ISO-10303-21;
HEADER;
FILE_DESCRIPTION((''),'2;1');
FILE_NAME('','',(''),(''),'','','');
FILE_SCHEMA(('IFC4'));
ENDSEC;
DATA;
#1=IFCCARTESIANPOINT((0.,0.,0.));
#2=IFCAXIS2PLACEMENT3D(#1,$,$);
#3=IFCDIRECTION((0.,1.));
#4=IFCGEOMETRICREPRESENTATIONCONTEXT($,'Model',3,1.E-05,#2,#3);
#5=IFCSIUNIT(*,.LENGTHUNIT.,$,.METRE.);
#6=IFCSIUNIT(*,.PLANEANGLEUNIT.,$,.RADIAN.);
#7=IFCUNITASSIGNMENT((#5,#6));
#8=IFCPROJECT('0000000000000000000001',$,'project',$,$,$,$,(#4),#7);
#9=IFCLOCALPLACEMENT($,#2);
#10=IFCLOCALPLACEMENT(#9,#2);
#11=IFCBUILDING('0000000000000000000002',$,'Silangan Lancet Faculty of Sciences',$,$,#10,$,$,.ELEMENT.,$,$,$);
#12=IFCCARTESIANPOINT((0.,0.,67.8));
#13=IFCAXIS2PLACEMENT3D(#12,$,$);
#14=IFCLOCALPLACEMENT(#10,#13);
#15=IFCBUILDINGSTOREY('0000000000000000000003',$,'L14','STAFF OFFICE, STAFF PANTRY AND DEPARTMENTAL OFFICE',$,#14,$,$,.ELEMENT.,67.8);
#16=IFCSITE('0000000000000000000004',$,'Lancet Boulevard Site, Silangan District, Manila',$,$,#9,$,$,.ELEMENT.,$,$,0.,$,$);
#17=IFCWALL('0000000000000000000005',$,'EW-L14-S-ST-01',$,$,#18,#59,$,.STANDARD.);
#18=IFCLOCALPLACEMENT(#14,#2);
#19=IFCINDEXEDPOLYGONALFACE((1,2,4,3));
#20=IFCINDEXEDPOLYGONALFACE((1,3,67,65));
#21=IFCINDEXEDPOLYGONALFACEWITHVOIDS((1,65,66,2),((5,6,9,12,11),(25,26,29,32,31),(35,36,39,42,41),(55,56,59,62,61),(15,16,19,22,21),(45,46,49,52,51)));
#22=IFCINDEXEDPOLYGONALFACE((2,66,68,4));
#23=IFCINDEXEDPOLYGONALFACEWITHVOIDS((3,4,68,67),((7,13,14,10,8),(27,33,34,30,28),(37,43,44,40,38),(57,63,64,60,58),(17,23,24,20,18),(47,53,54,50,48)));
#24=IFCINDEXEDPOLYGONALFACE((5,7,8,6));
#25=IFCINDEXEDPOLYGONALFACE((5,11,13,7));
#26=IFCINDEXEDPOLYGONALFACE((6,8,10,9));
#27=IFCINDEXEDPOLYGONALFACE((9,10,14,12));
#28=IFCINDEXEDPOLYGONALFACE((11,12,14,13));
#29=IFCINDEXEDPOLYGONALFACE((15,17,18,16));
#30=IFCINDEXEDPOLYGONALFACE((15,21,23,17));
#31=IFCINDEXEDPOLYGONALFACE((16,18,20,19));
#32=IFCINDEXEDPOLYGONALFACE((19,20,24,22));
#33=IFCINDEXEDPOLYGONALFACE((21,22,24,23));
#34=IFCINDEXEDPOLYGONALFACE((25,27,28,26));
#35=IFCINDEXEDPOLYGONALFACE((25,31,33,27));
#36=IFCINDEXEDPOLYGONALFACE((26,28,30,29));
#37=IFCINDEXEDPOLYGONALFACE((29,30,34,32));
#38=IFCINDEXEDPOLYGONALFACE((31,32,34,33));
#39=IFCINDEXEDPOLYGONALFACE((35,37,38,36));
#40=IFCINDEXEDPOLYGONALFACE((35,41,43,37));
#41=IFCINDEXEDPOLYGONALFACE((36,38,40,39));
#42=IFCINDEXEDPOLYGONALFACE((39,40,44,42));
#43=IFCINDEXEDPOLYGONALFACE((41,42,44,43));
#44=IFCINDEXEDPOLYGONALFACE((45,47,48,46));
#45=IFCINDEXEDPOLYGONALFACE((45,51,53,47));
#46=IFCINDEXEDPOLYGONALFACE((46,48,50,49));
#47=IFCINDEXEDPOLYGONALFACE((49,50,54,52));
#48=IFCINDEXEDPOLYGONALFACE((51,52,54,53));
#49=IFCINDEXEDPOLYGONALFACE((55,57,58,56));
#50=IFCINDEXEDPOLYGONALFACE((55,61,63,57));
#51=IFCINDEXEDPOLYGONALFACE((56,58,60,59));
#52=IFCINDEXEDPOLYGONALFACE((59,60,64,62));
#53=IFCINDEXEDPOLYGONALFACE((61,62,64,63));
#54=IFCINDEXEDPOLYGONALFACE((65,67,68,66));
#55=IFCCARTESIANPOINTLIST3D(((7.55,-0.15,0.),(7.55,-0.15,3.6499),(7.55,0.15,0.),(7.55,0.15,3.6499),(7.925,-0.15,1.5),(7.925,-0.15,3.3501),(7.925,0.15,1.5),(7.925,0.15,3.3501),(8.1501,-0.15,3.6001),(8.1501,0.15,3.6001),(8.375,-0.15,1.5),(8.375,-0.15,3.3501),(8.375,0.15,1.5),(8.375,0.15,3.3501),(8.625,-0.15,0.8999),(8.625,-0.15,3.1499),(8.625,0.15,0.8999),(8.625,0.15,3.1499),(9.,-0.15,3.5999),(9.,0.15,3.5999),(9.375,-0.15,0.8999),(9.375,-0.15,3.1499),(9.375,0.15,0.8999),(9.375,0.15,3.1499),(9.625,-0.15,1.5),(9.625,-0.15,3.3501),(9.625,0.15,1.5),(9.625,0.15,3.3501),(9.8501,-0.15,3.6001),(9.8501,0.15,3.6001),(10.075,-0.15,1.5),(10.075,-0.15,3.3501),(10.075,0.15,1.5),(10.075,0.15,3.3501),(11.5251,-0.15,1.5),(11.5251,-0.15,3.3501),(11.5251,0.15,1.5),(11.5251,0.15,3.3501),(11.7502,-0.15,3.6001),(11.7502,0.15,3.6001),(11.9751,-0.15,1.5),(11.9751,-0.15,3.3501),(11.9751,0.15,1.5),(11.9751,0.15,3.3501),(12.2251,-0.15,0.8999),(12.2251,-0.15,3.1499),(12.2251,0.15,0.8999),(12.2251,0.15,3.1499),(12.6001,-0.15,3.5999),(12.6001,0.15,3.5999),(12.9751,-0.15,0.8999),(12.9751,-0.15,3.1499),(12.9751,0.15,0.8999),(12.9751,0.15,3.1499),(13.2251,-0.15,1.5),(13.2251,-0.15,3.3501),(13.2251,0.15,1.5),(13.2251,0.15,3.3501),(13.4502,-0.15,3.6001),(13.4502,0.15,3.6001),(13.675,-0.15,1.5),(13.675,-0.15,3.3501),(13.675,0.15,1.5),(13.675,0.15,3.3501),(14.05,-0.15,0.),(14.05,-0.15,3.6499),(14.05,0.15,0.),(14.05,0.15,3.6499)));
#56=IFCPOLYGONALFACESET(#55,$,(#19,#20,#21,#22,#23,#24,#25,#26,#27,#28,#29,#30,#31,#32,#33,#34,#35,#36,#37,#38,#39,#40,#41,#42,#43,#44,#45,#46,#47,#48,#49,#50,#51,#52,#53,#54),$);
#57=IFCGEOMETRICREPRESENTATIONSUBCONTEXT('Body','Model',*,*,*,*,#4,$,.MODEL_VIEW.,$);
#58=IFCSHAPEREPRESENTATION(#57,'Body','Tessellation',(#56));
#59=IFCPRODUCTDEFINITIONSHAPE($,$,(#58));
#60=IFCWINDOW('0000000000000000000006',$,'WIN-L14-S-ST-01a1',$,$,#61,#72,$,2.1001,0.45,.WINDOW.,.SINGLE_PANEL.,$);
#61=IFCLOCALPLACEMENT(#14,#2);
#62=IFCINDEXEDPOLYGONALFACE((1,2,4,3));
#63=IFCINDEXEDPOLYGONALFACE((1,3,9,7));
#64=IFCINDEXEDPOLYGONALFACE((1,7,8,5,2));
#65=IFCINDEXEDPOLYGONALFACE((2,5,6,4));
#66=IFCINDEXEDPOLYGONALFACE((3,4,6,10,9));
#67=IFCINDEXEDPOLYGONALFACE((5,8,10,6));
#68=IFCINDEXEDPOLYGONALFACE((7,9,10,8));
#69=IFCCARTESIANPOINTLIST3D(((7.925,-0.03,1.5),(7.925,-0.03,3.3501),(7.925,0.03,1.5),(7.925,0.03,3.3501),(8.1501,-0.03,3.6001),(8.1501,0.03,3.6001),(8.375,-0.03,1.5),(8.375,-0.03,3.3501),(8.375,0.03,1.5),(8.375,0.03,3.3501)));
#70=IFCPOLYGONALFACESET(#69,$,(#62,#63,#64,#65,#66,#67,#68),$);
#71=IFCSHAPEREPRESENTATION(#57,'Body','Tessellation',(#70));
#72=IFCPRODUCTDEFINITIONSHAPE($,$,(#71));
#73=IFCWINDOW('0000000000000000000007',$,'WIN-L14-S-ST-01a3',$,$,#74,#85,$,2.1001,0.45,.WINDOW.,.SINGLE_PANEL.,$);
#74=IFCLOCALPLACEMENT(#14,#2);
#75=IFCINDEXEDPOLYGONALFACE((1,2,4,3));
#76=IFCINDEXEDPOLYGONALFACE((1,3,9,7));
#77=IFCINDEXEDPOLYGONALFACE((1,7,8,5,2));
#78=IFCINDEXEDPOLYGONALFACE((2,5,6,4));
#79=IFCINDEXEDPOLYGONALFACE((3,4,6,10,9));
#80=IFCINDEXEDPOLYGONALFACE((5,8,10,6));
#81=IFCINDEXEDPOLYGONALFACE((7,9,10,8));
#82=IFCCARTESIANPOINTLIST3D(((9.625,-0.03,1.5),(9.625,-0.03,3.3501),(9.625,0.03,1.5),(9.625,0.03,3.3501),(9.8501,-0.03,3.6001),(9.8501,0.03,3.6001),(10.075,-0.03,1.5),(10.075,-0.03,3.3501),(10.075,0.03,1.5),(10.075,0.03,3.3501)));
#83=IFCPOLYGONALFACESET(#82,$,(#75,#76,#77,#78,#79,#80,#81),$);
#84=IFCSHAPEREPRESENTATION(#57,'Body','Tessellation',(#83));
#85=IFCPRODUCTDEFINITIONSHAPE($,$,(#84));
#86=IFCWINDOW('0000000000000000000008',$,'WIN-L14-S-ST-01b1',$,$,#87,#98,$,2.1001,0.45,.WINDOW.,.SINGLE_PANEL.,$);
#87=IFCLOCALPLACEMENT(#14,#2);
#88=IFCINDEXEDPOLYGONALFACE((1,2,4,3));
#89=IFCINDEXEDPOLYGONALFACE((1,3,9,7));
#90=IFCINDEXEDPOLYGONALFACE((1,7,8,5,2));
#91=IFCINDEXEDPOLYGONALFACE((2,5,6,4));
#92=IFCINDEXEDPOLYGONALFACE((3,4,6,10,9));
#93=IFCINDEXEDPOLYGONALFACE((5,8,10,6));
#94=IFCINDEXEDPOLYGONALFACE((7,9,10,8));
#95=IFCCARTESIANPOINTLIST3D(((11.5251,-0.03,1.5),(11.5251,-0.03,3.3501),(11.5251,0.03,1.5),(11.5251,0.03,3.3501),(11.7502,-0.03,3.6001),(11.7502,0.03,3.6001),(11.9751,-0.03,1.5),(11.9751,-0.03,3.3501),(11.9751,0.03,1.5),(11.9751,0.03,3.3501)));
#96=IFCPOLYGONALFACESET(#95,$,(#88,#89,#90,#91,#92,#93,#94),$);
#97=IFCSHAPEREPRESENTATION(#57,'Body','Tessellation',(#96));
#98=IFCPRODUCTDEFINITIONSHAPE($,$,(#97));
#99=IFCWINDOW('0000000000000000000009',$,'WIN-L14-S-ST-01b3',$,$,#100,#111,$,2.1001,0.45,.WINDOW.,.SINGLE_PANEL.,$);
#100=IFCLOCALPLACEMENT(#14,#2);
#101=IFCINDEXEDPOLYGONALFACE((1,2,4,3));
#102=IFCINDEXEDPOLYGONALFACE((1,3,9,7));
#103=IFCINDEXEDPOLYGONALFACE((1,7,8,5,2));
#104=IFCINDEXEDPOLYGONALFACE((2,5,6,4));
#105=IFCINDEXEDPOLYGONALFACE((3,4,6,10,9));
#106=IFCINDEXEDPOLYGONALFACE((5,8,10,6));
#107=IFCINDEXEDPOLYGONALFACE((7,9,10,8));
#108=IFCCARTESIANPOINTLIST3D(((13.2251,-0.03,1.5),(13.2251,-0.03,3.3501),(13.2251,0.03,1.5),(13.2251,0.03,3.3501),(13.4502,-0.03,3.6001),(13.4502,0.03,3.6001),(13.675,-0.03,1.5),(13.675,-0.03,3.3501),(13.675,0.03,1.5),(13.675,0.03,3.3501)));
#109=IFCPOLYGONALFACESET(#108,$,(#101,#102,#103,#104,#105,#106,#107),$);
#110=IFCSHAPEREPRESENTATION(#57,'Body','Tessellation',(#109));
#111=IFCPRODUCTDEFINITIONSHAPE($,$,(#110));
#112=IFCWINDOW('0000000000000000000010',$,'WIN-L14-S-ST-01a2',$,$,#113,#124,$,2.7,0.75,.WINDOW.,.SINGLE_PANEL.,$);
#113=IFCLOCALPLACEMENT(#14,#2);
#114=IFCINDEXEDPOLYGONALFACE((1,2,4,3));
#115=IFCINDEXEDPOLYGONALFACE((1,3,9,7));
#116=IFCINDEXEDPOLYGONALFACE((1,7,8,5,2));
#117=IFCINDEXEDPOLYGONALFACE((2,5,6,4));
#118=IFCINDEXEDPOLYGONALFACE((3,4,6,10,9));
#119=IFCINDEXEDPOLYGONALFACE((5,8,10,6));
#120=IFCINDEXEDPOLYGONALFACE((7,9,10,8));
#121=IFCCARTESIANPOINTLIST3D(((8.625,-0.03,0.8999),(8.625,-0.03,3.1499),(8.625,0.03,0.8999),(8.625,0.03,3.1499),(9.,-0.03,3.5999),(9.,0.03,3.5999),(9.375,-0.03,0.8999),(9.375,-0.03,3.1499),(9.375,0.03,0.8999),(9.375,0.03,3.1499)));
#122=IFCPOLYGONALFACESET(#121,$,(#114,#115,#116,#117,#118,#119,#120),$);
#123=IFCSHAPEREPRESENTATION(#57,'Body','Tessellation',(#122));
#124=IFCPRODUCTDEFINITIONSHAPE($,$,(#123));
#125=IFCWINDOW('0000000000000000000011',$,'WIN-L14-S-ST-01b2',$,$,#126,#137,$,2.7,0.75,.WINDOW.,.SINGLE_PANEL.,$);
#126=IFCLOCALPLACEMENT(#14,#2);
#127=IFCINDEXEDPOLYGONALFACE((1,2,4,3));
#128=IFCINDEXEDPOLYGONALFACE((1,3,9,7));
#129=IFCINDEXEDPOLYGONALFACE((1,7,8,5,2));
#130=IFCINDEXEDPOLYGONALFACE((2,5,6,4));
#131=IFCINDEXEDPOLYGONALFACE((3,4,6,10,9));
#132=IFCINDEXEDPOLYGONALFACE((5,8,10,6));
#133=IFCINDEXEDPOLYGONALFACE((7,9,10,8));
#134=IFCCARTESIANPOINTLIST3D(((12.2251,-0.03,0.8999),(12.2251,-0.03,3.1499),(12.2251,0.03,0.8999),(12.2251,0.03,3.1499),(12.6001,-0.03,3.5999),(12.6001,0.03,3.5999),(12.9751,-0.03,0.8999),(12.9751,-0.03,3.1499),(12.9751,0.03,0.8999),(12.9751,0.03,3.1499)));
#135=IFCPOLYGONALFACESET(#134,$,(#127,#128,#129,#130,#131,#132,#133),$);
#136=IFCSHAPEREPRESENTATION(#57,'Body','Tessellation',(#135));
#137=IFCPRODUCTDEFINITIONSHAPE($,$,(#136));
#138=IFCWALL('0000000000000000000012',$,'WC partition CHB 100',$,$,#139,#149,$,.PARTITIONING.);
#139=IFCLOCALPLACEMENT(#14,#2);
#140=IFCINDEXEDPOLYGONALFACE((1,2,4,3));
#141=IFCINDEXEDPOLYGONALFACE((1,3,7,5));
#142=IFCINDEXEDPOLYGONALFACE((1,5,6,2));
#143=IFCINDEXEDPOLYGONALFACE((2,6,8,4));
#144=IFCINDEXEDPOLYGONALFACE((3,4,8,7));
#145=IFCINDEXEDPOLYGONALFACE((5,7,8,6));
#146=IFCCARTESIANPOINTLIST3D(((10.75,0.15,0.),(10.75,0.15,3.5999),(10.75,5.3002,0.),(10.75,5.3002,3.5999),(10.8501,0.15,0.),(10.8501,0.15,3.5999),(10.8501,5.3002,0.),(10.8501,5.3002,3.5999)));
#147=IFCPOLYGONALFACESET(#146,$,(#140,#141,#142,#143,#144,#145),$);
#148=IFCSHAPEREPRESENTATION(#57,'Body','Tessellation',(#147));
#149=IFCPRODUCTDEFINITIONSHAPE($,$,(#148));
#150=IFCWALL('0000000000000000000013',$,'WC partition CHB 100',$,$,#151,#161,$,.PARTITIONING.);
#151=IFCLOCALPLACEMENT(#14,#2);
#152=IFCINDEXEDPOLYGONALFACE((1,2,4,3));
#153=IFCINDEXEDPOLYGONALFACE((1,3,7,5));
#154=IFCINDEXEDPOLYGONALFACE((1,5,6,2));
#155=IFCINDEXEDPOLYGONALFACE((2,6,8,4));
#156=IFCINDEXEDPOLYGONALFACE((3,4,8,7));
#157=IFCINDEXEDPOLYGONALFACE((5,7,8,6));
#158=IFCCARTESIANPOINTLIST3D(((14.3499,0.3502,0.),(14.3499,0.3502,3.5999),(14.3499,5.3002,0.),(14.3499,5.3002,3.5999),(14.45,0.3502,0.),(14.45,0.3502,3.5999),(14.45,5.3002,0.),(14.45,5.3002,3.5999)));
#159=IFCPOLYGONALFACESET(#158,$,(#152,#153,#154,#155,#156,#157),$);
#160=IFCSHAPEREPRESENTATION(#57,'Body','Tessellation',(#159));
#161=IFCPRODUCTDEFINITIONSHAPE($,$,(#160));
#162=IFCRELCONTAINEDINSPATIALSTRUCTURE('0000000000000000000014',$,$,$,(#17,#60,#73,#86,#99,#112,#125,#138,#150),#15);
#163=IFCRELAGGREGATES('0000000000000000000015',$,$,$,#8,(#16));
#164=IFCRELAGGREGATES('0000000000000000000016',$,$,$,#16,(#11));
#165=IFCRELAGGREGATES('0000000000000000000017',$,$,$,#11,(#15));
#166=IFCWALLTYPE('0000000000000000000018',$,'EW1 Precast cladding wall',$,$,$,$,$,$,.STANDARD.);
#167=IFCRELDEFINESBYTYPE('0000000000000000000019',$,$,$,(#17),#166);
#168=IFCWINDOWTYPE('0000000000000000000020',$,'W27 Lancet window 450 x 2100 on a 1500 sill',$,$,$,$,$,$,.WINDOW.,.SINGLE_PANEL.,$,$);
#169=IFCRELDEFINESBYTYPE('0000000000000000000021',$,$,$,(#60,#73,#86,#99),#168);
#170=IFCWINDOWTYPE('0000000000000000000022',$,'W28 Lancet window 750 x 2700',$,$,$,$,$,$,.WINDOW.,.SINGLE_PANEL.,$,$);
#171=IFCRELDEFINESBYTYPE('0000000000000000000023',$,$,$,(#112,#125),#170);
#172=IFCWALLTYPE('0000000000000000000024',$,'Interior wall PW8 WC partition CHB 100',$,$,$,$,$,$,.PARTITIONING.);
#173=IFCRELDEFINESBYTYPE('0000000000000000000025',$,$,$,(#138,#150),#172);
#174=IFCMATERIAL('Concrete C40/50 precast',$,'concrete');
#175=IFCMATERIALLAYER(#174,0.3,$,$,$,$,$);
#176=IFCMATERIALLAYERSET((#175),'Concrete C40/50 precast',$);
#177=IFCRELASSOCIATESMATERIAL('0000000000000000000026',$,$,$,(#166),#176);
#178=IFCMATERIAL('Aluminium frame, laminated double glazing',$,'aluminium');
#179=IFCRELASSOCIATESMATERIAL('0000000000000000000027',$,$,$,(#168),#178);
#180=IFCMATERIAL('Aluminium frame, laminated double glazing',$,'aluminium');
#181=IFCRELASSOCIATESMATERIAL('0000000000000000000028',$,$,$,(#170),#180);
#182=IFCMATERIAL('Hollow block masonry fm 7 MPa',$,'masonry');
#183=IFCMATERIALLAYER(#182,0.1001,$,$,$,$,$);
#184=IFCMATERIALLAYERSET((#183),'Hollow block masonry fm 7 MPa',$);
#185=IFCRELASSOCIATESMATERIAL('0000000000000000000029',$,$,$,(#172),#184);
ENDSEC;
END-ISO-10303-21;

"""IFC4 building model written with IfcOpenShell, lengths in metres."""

from ifc_helpers import new_model, si_unit, direction, frame, frame_2d, origin, place, context, subcontext, project, spatial, polyline, rectangle, outline, extrude, material, layer, layer_set, type_object, element, fill, save


model = new_model("IFC4")

# Units and contexts
model_context = context("Model", 3, precision=1e-05, world=origin(), true_north=direction((0.0, 1.0)))
body_context = subcontext(model_context, "Body", "Model", "MODEL_VIEW")
ifc_project = project(units=[si_unit("LENGTHUNIT", "METRE"), si_unit("PLANEANGLEUNIT", "RADIAN")], contexts=[model_context])

# Site, building, storey
site_placement = place(None, origin())
site = spatial("IfcSite", under=ifc_project, at=site_placement, Name="Lancet Boulevard Site, Silangan District, Manila", CompositionType="ELEMENT", RefElevation=0.0)
building_placement = place(site_placement, origin())
building = spatial("IfcBuilding", under=site, at=building_placement, Name="Silangan Lancet Faculty of Sciences", CompositionType="ELEMENT")
storey_placement = place(building_placement, frame((0.0, 0.0, 67.8)))
storey = spatial("IfcBuildingStorey", under=building, at=storey_placement, Name="L14", Description="STAFF OFFICE, STAFF PANTRY AND DEPARTMENTAL OFFICE", CompositionType="ELEMENT", Elevation=67.8)

# Wall, openings, windows
ifc_material_1 = material(Name="Concrete C40/50 precast", Category="concrete")
ifc_layer_1 = layer(ifc_material_1, 0.3)
ifc_layer_set_1 = layer_set([ifc_layer_1], Name="Concrete C40/50 precast")
wall_type_1 = type_object("IfcWallType", Name="EW1 Precast cladding wall", PredefinedType="STANDARD", material=ifc_layer_set_1)
wall_1_placement = place(storey_placement, frame((7.55, 0.0, 0.0), z_axis=(0.0, 0.0, 1.0), x_axis=(1.0, 0.0, 0.0)))
wall_1 = element("IfcWall", 1, at=wall_1_placement, inside=storey, type_object=wall_type_1, Name="EW-L14-S-ST-01", PredefinedType="STANDARD", context=body_context, shape_type="SweptSolid", body=[
    extrude(rectangle(XDim=6.5, YDim=0.3, at=frame_2d((3.25, 0.0))), origin(), (0.0, 0.0, 1.0), 3.6499),
])
opening_1_placement = place(wall_1_placement, frame((0.375, 0.0, 1.5)))
opening_1 = element("IfcOpeningElement", 2, at=opening_1_placement, cuts=wall_1, PredefinedType="OPENING", context=body_context, shape_type="SweptSolid", body=[
    extrude(outline(polyline([(0.0, 0.0), (0.45, 0.0), (0.45, 1.8501), (0.2251, 2.1001), (0.0, 1.8501), (0.0, 0.0)])), frame((0.0, 0.1599, 0.0), z_axis=(0.0, -1.0, 0.0), x_axis=(1.0, 0.0, 0.0)), (0.0, 0.0, 1.0), 0.3201),
])
opening_2_placement = place(wall_1_placement, frame((1.075, 0.0, 0.8999)))
opening_2 = element("IfcOpeningElement", 3, at=opening_2_placement, cuts=wall_1, PredefinedType="OPENING", context=body_context, shape_type="SweptSolid", body=[
    extrude(outline(polyline([(0.0, 0.0), (0.75, 0.0), (0.75, 2.25), (0.375, 2.7), (0.0, 2.25), (0.0, 0.0)])), frame((0.0, 0.1599, 0.0), z_axis=(0.0, -1.0, 0.0), x_axis=(1.0, 0.0, 0.0)), (0.0, 0.0, 1.0), 0.3201),
])
opening_3_placement = place(wall_1_placement, frame((2.075, 0.0, 1.5)))
opening_3 = element("IfcOpeningElement", 4, at=opening_3_placement, cuts=wall_1, PredefinedType="OPENING", context=body_context, shape_type="SweptSolid", body=[
    extrude(outline(polyline([(0.0, 0.0), (0.45, 0.0), (0.45, 1.8501), (0.2251, 2.1001), (0.0, 1.8501), (0.0, 0.0)])), frame((0.0, 0.1599, 0.0), z_axis=(0.0, -1.0, 0.0), x_axis=(1.0, 0.0, 0.0)), (0.0, 0.0, 1.0), 0.3201),
])
opening_4_placement = place(wall_1_placement, frame((3.9751, 0.0, 1.5)))
opening_4 = element("IfcOpeningElement", 5, at=opening_4_placement, cuts=wall_1, PredefinedType="OPENING", context=body_context, shape_type="SweptSolid", body=[
    extrude(outline(polyline([(0.0, 0.0), (0.45, 0.0), (0.45, 1.8501), (0.2251, 2.1001), (0.0, 1.8501), (0.0, 0.0)])), frame((0.0, 0.1599, 0.0), z_axis=(0.0, -1.0, 0.0), x_axis=(1.0, 0.0, 0.0)), (0.0, 0.0, 1.0), 0.3201),
])
opening_5_placement = place(wall_1_placement, frame((4.675, 0.0, 0.8999)))
opening_5 = element("IfcOpeningElement", 6, at=opening_5_placement, cuts=wall_1, PredefinedType="OPENING", context=body_context, shape_type="SweptSolid", body=[
    extrude(outline(polyline([(0.0, 0.0), (0.75, 0.0), (0.75, 2.25), (0.375, 2.7), (0.0, 2.25), (0.0, 0.0)])), frame((0.0, 0.1599, 0.0), z_axis=(0.0, -1.0, 0.0), x_axis=(1.0, 0.0, 0.0)), (0.0, 0.0, 1.0), 0.3201),
])
opening_6_placement = place(wall_1_placement, frame((5.675, 0.0, 1.5)))
opening_6 = element("IfcOpeningElement", 7, at=opening_6_placement, cuts=wall_1, PredefinedType="OPENING", context=body_context, shape_type="SweptSolid", body=[
    extrude(outline(polyline([(0.0, 0.0), (0.45, 0.0), (0.45, 1.8501), (0.2251, 2.1001), (0.0, 1.8501), (0.0, 0.0)])), frame((0.0, 0.1599, 0.0), z_axis=(0.0, -1.0, 0.0), x_axis=(1.0, 0.0, 0.0)), (0.0, 0.0, 1.0), 0.3201),
])
ifc_material_2 = material(Name="Aluminium frame, laminated double glazing", Category="aluminium")
window_type_1 = type_object("IfcWindowType", Name="W27 Lancet window 450 x 2100 on a 1500 sill", PartitioningType="SINGLE_PANEL", PredefinedType="WINDOW", material=ifc_material_2)
window_1_placement = place(opening_1_placement, origin())
window_1 = element("IfcWindow", 8, at=window_1_placement, inside=storey, type_object=window_type_1, Name="WIN-L14-S-ST-01a1", OverallHeight=2.1001, OverallWidth=0.45, PartitioningType="SINGLE_PANEL", PredefinedType="WINDOW", context=body_context, shape_type="SweptSolid", body=[
    extrude(outline(polyline([(0.0, 0.0), (0.45, 0.0), (0.45, 1.8501), (0.2251, 2.1001), (0.0, 1.8501), (0.0, 0.0)])), frame((0.0, 0.03, 0.0), z_axis=(0.0, -1.0, 0.0), x_axis=(1.0, 0.0, 0.0)), (0.0, 0.0, 1.0), 0.0601),
])
fill(opening_1, window_1)
window_2_placement = place(opening_3_placement, origin())
window_2 = element("IfcWindow", 9, at=window_2_placement, inside=storey, type_object=window_type_1, Name="WIN-L14-S-ST-01a3", OverallHeight=2.1001, OverallWidth=0.45, PartitioningType="SINGLE_PANEL", PredefinedType="WINDOW", context=body_context, shape_type="SweptSolid", body=[
    extrude(outline(polyline([(0.0, 0.0), (0.45, 0.0), (0.45, 1.8501), (0.2251, 2.1001), (0.0, 1.8501), (0.0, 0.0)])), frame((0.0, 0.03, 0.0), z_axis=(0.0, -1.0, 0.0), x_axis=(1.0, 0.0, 0.0)), (0.0, 0.0, 1.0), 0.0601),
])
fill(opening_3, window_2)
window_3_placement = place(opening_4_placement, origin())
window_3 = element("IfcWindow", 10, at=window_3_placement, inside=storey, type_object=window_type_1, Name="WIN-L14-S-ST-01b1", OverallHeight=2.1001, OverallWidth=0.45, PartitioningType="SINGLE_PANEL", PredefinedType="WINDOW", context=body_context, shape_type="SweptSolid", body=[
    extrude(outline(polyline([(0.0, 0.0), (0.45, 0.0), (0.45, 1.8501), (0.2251, 2.1001), (0.0, 1.8501), (0.0, 0.0)])), frame((0.0, 0.03, 0.0), z_axis=(0.0, -1.0, 0.0), x_axis=(1.0, 0.0, 0.0)), (0.0, 0.0, 1.0), 0.0601),
])
fill(opening_4, window_3)
window_4_placement = place(opening_6_placement, origin())
window_4 = element("IfcWindow", 11, at=window_4_placement, inside=storey, type_object=window_type_1, Name="WIN-L14-S-ST-01b3", OverallHeight=2.1001, OverallWidth=0.45, PartitioningType="SINGLE_PANEL", PredefinedType="WINDOW", context=body_context, shape_type="SweptSolid", body=[
    extrude(outline(polyline([(0.0, 0.0), (0.45, 0.0), (0.45, 1.8501), (0.2251, 2.1001), (0.0, 1.8501), (0.0, 0.0)])), frame((0.0, 0.03, 0.0), z_axis=(0.0, -1.0, 0.0), x_axis=(1.0, 0.0, 0.0)), (0.0, 0.0, 1.0), 0.0601),
])
fill(opening_6, window_4)
ifc_material_3 = material(Name="Aluminium frame, laminated double glazing", Category="aluminium")
window_type_2 = type_object("IfcWindowType", Name="W28 Lancet window 750 x 2700", PartitioningType="SINGLE_PANEL", PredefinedType="WINDOW", material=ifc_material_3)
window_5_placement = place(opening_2_placement, origin())
window_5 = element("IfcWindow", 12, at=window_5_placement, inside=storey, type_object=window_type_2, Name="WIN-L14-S-ST-01a2", OverallHeight=2.7, OverallWidth=0.75, PartitioningType="SINGLE_PANEL", PredefinedType="WINDOW", context=body_context, shape_type="SweptSolid", body=[
    extrude(outline(polyline([(0.0, 0.0), (0.75, 0.0), (0.75, 2.25), (0.375, 2.7), (0.0, 2.25), (0.0, 0.0)])), frame((0.0, 0.03, 0.0), z_axis=(0.0, -1.0, 0.0), x_axis=(1.0, 0.0, 0.0)), (0.0, 0.0, 1.0), 0.0601),
])
fill(opening_2, window_5)
window_6_placement = place(opening_5_placement, origin())
window_6 = element("IfcWindow", 13, at=window_6_placement, inside=storey, type_object=window_type_2, Name="WIN-L14-S-ST-01b2", OverallHeight=2.7, OverallWidth=0.75, PartitioningType="SINGLE_PANEL", PredefinedType="WINDOW", context=body_context, shape_type="SweptSolid", body=[
    extrude(outline(polyline([(0.0, 0.0), (0.75, 0.0), (0.75, 2.25), (0.375, 2.7), (0.0, 2.25), (0.0, 0.0)])), frame((0.0, 0.03, 0.0), z_axis=(0.0, -1.0, 0.0), x_axis=(1.0, 0.0, 0.0)), (0.0, 0.0, 1.0), 0.0601),
])
fill(opening_5, window_6)

# Walls
ifc_material_4 = material(Name="Hollow block masonry fm 7 MPa", Category="masonry")
ifc_layer_2 = layer(ifc_material_4, 0.1001)
ifc_layer_set_2 = layer_set([ifc_layer_2], Name="Hollow block masonry fm 7 MPa")
wall_type_2 = type_object("IfcWallType", Name="Interior wall PW8 WC partition CHB 100", PredefinedType="PARTITIONING", material=ifc_layer_set_2)
wall_2_placement = place(storey_placement, frame((10.8, 0.1499, 0.0), z_axis=(0.0, 0.0, 1.0), x_axis=(0.0, 1.0, 0.0)))
element("IfcWall", 14, at=wall_2_placement, inside=storey, type_object=wall_type_2, Name="WC partition CHB 100", PredefinedType="PARTITIONING", context=body_context, shape_type="SweptSolid", body=[
    extrude(rectangle(XDim=5.1501, YDim=0.1001, at=frame_2d((2.5752, 0.0))), origin(), (0.0, 0.0, 1.0), 3.5999),
])
wall_3_placement = place(storey_placement, frame((14.3999, 0.3501, 0.0), z_axis=(0.0, 0.0, 1.0), x_axis=(0.0, 1.0, 0.0)))
element("IfcWall", 15, at=wall_3_placement, inside=storey, type_object=wall_type_2, Name="WC partition CHB 100", PredefinedType="PARTITIONING", context=body_context, shape_type="SweptSolid", body=[
    extrude(rectangle(XDim=4.95, YDim=0.1001, at=frame_2d((2.4751, 0.0))), origin(), (0.0, 0.0, 1.0), 3.5999),
])

save(model, "model.ifc")
